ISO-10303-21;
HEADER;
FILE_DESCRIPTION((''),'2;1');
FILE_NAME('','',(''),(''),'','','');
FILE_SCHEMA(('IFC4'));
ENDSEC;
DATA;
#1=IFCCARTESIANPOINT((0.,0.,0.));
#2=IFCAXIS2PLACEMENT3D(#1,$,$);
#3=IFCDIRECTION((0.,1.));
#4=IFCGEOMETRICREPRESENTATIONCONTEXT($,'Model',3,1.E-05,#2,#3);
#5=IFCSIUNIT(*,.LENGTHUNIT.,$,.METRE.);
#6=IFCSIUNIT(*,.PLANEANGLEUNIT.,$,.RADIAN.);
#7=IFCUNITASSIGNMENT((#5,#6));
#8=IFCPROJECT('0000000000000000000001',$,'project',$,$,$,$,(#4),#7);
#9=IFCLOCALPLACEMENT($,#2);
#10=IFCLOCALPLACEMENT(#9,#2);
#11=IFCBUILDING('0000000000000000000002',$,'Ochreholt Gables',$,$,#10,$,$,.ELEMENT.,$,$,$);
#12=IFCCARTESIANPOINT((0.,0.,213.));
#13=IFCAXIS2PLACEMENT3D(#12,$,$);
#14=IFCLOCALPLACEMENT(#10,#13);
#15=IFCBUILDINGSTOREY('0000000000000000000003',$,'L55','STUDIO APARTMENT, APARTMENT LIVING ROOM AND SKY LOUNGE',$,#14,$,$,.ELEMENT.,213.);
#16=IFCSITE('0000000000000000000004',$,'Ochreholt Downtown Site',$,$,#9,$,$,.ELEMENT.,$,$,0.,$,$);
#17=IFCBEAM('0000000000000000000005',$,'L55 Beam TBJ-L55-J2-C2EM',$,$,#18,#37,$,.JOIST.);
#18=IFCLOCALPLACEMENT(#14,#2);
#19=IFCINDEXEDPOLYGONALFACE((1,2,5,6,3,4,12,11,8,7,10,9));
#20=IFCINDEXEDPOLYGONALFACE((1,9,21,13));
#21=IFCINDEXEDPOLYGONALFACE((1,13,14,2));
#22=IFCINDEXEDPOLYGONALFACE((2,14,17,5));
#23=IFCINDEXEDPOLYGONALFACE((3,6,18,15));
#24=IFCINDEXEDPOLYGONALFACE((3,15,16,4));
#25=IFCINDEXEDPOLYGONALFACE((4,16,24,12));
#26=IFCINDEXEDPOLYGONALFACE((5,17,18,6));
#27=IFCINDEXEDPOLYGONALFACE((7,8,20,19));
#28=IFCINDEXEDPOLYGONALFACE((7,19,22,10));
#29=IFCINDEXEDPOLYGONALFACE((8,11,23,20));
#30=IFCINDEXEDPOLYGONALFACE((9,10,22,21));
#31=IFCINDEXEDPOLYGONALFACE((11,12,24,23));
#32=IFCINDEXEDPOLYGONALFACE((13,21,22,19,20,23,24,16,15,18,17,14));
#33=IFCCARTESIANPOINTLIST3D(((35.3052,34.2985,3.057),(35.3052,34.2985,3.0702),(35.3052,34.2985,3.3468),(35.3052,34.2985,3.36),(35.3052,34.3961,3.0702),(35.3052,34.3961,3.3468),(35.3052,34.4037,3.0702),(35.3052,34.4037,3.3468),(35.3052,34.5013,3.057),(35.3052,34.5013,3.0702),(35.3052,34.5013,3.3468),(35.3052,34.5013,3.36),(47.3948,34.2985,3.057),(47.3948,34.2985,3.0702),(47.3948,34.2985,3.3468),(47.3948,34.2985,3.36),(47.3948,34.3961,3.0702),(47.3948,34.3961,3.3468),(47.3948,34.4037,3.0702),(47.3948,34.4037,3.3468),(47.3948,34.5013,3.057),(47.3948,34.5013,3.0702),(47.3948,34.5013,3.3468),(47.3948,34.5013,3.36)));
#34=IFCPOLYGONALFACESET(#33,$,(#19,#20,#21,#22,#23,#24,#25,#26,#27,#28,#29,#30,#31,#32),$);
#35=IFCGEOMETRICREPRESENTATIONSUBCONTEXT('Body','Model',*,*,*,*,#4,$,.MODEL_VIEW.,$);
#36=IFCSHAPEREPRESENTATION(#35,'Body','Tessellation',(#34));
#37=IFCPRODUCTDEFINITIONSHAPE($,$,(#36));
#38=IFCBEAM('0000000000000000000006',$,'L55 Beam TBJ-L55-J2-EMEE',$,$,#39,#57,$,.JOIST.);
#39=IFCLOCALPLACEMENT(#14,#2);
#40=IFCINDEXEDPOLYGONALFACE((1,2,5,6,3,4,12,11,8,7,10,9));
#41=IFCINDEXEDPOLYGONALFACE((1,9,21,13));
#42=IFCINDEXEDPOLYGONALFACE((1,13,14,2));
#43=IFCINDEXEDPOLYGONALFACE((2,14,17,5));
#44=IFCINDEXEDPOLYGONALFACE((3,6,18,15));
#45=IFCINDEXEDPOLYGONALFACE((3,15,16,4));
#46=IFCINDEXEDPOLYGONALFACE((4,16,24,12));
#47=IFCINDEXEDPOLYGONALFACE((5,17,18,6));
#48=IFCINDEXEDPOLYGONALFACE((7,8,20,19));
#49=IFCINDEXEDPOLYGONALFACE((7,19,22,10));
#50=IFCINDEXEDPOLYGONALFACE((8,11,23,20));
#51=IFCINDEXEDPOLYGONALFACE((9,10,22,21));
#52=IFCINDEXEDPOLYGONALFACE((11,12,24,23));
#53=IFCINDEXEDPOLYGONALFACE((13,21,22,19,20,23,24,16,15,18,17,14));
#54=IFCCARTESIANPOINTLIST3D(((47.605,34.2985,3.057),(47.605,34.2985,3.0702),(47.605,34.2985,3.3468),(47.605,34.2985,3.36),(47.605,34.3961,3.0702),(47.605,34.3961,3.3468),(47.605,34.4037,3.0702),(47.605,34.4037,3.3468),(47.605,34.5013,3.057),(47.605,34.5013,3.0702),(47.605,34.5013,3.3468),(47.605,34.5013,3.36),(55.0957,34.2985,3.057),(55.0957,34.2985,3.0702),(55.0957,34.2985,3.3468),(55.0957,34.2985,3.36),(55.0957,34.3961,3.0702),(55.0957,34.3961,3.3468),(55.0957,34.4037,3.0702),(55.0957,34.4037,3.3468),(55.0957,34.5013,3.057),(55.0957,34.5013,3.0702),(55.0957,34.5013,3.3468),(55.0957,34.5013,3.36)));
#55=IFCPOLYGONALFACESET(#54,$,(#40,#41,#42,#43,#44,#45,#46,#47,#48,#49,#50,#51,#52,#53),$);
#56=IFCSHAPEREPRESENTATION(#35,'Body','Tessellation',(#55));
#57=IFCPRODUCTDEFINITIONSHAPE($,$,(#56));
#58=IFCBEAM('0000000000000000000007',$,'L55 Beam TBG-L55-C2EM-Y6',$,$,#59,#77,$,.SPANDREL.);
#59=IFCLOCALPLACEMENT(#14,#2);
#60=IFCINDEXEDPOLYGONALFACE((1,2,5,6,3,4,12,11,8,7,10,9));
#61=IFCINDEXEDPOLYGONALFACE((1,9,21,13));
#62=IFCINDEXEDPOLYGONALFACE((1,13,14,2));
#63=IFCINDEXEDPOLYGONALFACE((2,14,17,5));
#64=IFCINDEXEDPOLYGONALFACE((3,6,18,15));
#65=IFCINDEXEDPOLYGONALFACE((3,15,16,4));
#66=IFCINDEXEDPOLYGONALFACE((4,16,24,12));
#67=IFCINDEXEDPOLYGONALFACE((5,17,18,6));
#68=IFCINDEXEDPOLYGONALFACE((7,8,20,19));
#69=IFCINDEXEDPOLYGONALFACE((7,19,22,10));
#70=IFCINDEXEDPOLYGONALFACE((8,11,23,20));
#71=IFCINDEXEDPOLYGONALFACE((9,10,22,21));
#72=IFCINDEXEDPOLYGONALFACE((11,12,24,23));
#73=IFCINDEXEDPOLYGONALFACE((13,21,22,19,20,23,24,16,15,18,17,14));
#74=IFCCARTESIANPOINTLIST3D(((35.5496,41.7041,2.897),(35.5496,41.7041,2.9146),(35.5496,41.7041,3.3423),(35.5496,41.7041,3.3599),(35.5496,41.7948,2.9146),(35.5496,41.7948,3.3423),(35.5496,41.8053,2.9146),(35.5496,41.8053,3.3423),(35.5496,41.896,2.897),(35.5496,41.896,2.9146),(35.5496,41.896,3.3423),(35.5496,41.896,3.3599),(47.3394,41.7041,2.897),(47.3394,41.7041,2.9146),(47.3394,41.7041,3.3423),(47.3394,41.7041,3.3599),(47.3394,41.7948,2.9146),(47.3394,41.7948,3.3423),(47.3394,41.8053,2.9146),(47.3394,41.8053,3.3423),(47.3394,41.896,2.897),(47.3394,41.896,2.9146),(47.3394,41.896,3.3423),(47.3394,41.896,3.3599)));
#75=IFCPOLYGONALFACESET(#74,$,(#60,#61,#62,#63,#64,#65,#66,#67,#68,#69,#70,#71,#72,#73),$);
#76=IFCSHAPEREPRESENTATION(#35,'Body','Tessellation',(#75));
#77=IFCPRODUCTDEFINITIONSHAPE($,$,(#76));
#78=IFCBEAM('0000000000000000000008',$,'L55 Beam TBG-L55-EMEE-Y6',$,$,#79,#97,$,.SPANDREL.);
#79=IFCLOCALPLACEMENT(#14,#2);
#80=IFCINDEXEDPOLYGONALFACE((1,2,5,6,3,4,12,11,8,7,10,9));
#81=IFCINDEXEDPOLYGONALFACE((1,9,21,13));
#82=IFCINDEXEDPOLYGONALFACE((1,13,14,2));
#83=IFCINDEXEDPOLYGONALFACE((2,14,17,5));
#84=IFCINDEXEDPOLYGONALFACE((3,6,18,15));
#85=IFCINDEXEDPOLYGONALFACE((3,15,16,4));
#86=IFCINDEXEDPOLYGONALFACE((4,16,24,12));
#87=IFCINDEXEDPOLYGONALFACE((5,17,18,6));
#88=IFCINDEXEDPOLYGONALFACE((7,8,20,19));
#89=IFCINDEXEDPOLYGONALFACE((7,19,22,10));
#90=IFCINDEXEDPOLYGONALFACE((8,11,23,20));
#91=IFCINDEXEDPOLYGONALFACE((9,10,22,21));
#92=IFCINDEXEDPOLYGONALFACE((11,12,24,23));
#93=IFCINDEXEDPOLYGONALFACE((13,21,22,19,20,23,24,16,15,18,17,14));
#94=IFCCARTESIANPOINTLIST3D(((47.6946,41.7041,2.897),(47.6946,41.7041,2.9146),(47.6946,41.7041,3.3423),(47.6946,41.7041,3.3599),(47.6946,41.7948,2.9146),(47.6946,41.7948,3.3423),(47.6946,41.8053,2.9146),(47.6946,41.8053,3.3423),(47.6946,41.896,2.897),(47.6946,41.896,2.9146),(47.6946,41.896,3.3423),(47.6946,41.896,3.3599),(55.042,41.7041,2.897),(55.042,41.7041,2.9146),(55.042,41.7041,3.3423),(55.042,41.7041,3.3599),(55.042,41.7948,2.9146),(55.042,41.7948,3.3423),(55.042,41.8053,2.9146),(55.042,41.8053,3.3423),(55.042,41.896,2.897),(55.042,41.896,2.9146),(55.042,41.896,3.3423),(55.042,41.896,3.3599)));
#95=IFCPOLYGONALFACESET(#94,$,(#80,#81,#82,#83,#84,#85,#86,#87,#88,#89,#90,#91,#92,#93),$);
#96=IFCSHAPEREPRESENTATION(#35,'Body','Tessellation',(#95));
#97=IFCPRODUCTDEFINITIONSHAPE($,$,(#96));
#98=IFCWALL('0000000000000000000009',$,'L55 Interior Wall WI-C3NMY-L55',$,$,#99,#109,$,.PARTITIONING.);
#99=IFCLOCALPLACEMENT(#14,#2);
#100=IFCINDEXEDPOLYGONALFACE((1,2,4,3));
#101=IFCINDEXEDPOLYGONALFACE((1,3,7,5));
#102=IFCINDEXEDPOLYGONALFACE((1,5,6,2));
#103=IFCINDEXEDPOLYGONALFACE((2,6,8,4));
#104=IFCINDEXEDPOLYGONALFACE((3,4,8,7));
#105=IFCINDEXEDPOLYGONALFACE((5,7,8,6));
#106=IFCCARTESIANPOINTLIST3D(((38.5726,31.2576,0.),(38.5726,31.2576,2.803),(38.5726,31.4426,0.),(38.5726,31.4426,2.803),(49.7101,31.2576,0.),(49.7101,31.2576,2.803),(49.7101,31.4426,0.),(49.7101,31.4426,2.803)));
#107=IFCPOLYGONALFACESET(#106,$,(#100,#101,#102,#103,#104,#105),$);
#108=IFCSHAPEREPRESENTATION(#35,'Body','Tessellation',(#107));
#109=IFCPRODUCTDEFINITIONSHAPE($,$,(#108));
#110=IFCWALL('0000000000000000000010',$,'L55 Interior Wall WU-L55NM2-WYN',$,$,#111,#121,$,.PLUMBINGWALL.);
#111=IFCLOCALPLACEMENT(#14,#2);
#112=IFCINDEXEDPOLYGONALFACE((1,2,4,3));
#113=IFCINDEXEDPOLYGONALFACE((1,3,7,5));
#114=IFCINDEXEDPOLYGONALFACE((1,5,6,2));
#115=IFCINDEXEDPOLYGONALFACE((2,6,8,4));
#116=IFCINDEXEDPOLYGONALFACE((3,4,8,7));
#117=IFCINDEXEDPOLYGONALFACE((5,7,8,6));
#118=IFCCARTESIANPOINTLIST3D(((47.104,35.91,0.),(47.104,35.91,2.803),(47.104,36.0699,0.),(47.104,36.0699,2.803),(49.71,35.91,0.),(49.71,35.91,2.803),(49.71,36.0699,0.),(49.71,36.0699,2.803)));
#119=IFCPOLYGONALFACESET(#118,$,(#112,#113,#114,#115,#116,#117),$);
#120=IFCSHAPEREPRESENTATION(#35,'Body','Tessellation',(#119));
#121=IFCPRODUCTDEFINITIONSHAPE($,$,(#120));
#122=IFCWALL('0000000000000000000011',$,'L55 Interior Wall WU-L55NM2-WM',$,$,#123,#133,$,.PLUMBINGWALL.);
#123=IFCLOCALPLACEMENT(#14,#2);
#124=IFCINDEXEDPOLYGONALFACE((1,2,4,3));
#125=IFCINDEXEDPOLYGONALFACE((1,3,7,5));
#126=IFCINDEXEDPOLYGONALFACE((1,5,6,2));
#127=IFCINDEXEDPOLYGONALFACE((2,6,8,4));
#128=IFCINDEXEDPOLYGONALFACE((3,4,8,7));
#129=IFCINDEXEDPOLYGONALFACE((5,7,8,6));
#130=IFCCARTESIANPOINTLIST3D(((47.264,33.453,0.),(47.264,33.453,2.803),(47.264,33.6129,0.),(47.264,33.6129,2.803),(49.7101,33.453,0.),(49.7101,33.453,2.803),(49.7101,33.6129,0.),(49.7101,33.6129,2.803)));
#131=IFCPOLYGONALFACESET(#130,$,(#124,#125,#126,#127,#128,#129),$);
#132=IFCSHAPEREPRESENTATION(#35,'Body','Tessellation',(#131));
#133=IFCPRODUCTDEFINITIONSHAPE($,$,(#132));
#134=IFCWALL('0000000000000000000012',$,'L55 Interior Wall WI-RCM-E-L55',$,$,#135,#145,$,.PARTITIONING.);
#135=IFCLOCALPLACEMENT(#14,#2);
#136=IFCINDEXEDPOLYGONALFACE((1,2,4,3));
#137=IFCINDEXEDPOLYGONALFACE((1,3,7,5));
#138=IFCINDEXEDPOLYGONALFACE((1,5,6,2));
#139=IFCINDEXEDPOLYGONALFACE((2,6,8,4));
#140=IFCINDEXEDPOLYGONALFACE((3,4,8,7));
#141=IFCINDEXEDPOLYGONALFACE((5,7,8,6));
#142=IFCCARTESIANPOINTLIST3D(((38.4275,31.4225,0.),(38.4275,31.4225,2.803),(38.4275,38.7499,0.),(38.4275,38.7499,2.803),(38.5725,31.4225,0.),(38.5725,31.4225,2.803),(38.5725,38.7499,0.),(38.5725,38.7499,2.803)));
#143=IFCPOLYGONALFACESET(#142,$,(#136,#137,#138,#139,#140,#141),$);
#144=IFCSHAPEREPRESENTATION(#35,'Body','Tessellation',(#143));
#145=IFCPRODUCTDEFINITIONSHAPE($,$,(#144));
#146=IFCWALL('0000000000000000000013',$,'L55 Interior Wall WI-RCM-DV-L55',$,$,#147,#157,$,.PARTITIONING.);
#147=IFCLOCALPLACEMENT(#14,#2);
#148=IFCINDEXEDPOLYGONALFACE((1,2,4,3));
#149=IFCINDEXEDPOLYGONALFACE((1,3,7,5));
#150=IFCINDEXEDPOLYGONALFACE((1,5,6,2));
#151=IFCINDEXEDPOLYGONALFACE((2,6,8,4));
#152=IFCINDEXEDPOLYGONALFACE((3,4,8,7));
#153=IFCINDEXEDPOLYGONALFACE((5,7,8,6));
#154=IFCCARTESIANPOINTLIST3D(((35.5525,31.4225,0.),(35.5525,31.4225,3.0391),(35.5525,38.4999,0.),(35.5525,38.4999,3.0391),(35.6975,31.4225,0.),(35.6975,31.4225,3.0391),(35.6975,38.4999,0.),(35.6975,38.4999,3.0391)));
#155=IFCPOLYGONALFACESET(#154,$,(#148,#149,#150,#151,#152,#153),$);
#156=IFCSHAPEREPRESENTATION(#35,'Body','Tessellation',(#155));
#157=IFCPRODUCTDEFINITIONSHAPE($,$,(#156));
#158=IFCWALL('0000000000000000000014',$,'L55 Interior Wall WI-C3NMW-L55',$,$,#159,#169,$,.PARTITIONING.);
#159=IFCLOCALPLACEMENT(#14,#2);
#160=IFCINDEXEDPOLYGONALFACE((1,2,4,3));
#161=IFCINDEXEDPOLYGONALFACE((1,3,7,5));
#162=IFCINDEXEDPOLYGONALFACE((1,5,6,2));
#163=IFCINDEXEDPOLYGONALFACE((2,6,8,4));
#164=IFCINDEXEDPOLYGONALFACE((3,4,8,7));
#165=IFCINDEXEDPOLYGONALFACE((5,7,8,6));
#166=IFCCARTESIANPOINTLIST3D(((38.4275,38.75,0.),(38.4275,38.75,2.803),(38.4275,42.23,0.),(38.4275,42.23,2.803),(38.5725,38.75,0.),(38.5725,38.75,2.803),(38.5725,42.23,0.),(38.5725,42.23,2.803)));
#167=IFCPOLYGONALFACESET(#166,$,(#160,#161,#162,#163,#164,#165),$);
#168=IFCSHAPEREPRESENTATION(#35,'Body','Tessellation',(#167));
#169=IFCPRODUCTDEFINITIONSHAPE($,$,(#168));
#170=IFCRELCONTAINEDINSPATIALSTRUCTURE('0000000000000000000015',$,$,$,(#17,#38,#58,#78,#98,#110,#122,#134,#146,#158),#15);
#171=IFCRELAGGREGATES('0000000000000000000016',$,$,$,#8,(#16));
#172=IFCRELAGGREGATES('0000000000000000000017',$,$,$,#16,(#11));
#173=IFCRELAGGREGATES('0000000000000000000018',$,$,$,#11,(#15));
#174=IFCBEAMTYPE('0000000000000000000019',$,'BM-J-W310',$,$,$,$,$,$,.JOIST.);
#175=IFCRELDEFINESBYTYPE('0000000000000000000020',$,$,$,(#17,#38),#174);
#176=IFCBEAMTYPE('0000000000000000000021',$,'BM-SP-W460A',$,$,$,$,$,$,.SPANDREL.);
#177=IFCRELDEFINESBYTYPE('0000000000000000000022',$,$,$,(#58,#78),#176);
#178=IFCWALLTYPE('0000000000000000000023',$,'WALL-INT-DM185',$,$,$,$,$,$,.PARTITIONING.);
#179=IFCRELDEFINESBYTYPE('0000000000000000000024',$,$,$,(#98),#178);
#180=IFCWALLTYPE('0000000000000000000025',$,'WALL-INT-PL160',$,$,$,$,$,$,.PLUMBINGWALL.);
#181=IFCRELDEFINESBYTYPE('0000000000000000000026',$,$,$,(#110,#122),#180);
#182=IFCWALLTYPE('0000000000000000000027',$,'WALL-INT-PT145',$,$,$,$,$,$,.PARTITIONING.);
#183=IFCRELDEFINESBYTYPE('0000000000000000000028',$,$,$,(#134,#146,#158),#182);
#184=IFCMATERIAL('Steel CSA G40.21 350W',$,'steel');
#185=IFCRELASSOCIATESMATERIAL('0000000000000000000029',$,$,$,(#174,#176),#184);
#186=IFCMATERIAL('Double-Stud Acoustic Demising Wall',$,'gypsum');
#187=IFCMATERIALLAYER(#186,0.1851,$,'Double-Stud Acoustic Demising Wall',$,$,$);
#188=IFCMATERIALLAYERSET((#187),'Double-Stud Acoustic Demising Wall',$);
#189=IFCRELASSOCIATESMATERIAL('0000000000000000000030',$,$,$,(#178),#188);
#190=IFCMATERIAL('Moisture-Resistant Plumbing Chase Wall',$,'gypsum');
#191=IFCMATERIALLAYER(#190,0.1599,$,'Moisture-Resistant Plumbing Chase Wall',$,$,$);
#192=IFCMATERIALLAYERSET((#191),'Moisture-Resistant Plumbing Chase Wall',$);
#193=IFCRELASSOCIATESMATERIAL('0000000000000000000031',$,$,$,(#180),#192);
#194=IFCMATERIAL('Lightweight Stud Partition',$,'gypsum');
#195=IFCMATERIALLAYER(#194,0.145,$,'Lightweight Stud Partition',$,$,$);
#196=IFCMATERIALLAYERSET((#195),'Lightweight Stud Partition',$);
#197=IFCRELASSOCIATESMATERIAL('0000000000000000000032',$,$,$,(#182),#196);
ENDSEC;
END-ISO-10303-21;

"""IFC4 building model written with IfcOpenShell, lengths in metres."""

from ifc_helpers import new_model, si_unit, direction, frame, frame_2d, origin, origin_2d, place, context, subcontext, project, spatial, rectangle, i_section, extrude, material, layer, layer_set, material_profile, profile_set, type_object, element, save


model = new_model("IFC4")

# Units and contexts
model_context = context("Model", 3, precision=1e-05, world=origin(), true_north=direction((0.0, 1.0)))
body_context = subcontext(model_context, "Body", "Model", "MODEL_VIEW")
ifc_project = project(units=[si_unit("LENGTHUNIT", "METRE"), si_unit("PLANEANGLEUNIT", "RADIAN")], contexts=[model_context])

# Site, building, storey
site_placement = place(None, origin())
site = spatial("IfcSite", under=ifc_project, at=site_placement, Name="Ochreholt Downtown Site", CompositionType="ELEMENT", RefElevation=0.0)
building_placement = place(site_placement, origin())
building = spatial("IfcBuilding", under=site, at=building_placement, Name="Ochreholt Gables", CompositionType="ELEMENT")
storey_placement = place(building_placement, frame((0.0, 0.0, 213.0)))
storey = spatial("IfcBuildingStorey", under=building, at=storey_placement, Name="L55", Description="STUDIO APARTMENT, APARTMENT LIVING ROOM AND SKY LOUNGE", CompositionType="ELEMENT", Elevation=213.0)

# Shared definitions
ifc_material_1 = material(Name="Steel CSA G40.21 350W", Category="steel")

# Beams
ifc_material_profile_1 = material_profile(ifc_material_1, i_section(OverallWidth=0.2029, OverallDepth=0.303, WebThickness=0.0076, FlangeThickness=0.0132, at=origin_2d()), Name="W310X60")
ifc_profile_set_1 = profile_set([ifc_material_profile_1], Name="Steel CSA G40.21 350W")
beam_type_1 = type_object("IfcBeamType", Name="BM-J-W310", PredefinedType="JOIST", material=ifc_profile_set_1)
beam_1_placement = place(storey_placement, frame((35.3052, 34.3999, 3.2085), z_axis=(1.0, 0.0, 0.0), x_axis=(0.0, 1.0, 0.0)))
element("IfcBeam", 1, at=beam_1_placement, inside=storey, type_object=beam_type_1, Name="L55 Beam TBJ-L55-J2-C2EM", PredefinedType="JOIST", context=body_context, shape_type="SweptSolid", body=[
    extrude(i_section(OverallWidth=0.2029, OverallDepth=0.303, WebThickness=0.0076, FlangeThickness=0.0132, at=origin_2d()), origin(), (0.0, 0.0, 1.0), 12.0896),
])
beam_2_placement = place(storey_placement, frame((47.605, 34.3999, 3.2085), z_axis=(1.0, 0.0, 0.0), x_axis=(0.0, 1.0, 0.0)))
element("IfcBeam", 2, at=beam_2_placement, inside=storey, type_object=beam_type_1, Name="L55 Beam TBJ-L55-J2-EMEE", PredefinedType="JOIST", context=body_context, shape_type="SweptSolid", body=[
    extrude(i_section(OverallWidth=0.2029, OverallDepth=0.303, WebThickness=0.0076, FlangeThickness=0.0132, at=origin_2d()), origin(), (0.0, 0.0, 1.0), 7.4907),
])
ifc_material_profile_2 = material_profile(ifc_material_1, i_section(OverallWidth=0.1919, OverallDepth=0.4629, WebThickness=0.0105, FlangeThickness=0.0176, at=origin_2d()), Name="W460X89")
ifc_profile_set_2 = profile_set([ifc_material_profile_2], Name="Steel CSA G40.21 350W")
beam_type_2 = type_object("IfcBeamType", Name="BM-SP-W460A", PredefinedType="SPANDREL", material=ifc_profile_set_2)
beam_3_placement = place(storey_placement, frame((35.5496, 41.8, 3.1284), z_axis=(1.0, 0.0, 0.0), x_axis=(0.0, 1.0, 0.0)))
element("IfcBeam", 3, at=beam_3_placement, inside=storey, type_object=beam_type_2, Name="L55 Beam TBG-L55-C2EM-Y6", PredefinedType="SPANDREL", context=body_context, shape_type="SweptSolid", body=[
    extrude(i_section(OverallWidth=0.1919, OverallDepth=0.4629, WebThickness=0.0105, FlangeThickness=0.0176, at=origin_2d()), origin(), (0.0, 0.0, 1.0), 11.7898),
])
beam_4_placement = place(storey_placement, frame((47.6946, 41.8, 3.1284), z_axis=(1.0, 0.0, 0.0), x_axis=(0.0, 1.0, 0.0)))
element("IfcBeam", 4, at=beam_4_placement, inside=storey, type_object=beam_type_2, Name="L55 Beam TBG-L55-EMEE-Y6", PredefinedType="SPANDREL", context=body_context, shape_type="SweptSolid", body=[
    extrude(i_section(OverallWidth=0.1919, OverallDepth=0.4629, WebThickness=0.0105, FlangeThickness=0.0176, at=origin_2d()), origin(), (0.0, 0.0, 1.0), 7.3474),
])

# Wall
ifc_material_2 = material(Name="Double-Stud Acoustic Demising Wall", Category="gypsum")
ifc_layer_1 = layer(ifc_material_2, 0.1851, Name="Double-Stud Acoustic Demising Wall")
ifc_layer_set_1 = layer_set([ifc_layer_1], Name="Double-Stud Acoustic Demising Wall")
wall_type_1 = type_object("IfcWallType", Name="WALL-INT-DM185", PredefinedType="PARTITIONING", material=ifc_layer_set_1)
wall_1_placement = place(storey_placement, frame((38.5725, 31.3501, 0.0), z_axis=(0.0, 0.0, 1.0), x_axis=(1.0, 0.0, 0.0)))
element("IfcWall", 5, at=wall_1_placement, inside=storey, type_object=wall_type_1, Name="L55 Interior Wall WI-C3NMY-L55", PredefinedType="PARTITIONING", context=body_context, shape_type="SweptSolid", body=[
    extrude(rectangle(XDim=11.1375, YDim=0.1851, at=frame_2d((5.5688, 0.0))), origin(), (0.0, 0.0, 1.0), 2.803),
])

# Shared definitions
ifc_material_3 = material(Name="Moisture-Resistant Plumbing Chase Wall", Category="gypsum")
ifc_layer_2 = layer(ifc_material_3, 0.1599, Name="Moisture-Resistant Plumbing Chase Wall")
ifc_layer_set_2 = layer_set([ifc_layer_2], Name="Moisture-Resistant Plumbing Chase Wall")
wall_type_2 = type_object("IfcWallType", Name="WALL-INT-PL160", PredefinedType="PLUMBINGWALL", material=ifc_layer_set_2)

# Wall
wall_2_placement = place(storey_placement, frame((47.104, 35.99, 0.0), z_axis=(0.0, 0.0, 1.0), x_axis=(1.0, 0.0, 0.0)))
element("IfcWall", 6, at=wall_2_placement, inside=storey, type_object=wall_type_2, Name="L55 Interior Wall WU-L55NM2-WYN", PredefinedType="PLUMBINGWALL", context=body_context, shape_type="SweptSolid", body=[
    extrude(rectangle(XDim=2.606, YDim=0.1599, at=frame_2d((1.303, 0.0))), origin(), (0.0, 0.0, 1.0), 2.803),
])

# Walls
wall_3_placement = place(storey_placement, frame((47.2639, 33.533, 0.0), z_axis=(0.0, 0.0, 1.0), x_axis=(1.0, 0.0, 0.0)))
element("IfcWall", 7, at=wall_3_placement, inside=storey, type_object=wall_type_2, Name="L55 Interior Wall WU-L55NM2-WM", PredefinedType="PLUMBINGWALL", context=body_context, shape_type="SweptSolid", body=[
    extrude(rectangle(XDim=2.446, YDim=0.1599, at=frame_2d((1.2231, 0.0))), origin(), (0.0, 0.0, 1.0), 2.803),
])
ifc_material_4 = material(Name="Lightweight Stud Partition", Category="gypsum")
ifc_layer_3 = layer(ifc_material_4, 0.145, Name="Lightweight Stud Partition")
ifc_layer_set_3 = layer_set([ifc_layer_3], Name="Lightweight Stud Partition")
wall_type_3 = type_object("IfcWallType", Name="WALL-INT-PT145", PredefinedType="PARTITIONING", material=ifc_layer_set_3)
wall_4_placement = place(storey_placement, frame((38.5, 31.4226, 0.0), z_axis=(0.0, 0.0, 1.0), x_axis=(0.0, 1.0, 0.0)))
element("IfcWall", 8, at=wall_4_placement, inside=storey, type_object=wall_type_3, Name="L55 Interior Wall WI-RCM-E-L55", PredefinedType="PARTITIONING", context=body_context, shape_type="SweptSolid", body=[
    extrude(rectangle(XDim=7.3274, YDim=0.145, at=frame_2d((3.6636, 0.0))), origin(), (0.0, 0.0, 1.0), 2.803),
])
wall_5_placement = place(storey_placement, frame((35.625, 31.4226, 0.0), z_axis=(0.0, 0.0, 1.0), x_axis=(0.0, 1.0, 0.0)))
element("IfcWall", 9, at=wall_5_placement, inside=storey, type_object=wall_type_3, Name="L55 Interior Wall WI-RCM-DV-L55", PredefinedType="PARTITIONING", context=body_context, shape_type="SweptSolid", body=[
    extrude(rectangle(XDim=7.0774, YDim=0.145, at=frame_2d((3.5386, 0.0))), origin(), (0.0, 0.0, 1.0), 3.0391),
])
wall_6_placement = place(storey_placement, frame((38.5, 38.75, 0.0), z_axis=(0.0, 0.0, 1.0), x_axis=(0.0, 1.0, 0.0)))
element("IfcWall", 10, at=wall_6_placement, inside=storey, type_object=wall_type_3, Name="L55 Interior Wall WI-C3NMW-L55", PredefinedType="PARTITIONING", context=body_context, shape_type="SweptSolid", body=[
    extrude(rectangle(XDim=3.48, YDim=0.145, at=frame_2d((1.74, 0.0))), origin(), (0.0, 0.0, 1.0), 2.803),
])

save(model, "model.ifc")
